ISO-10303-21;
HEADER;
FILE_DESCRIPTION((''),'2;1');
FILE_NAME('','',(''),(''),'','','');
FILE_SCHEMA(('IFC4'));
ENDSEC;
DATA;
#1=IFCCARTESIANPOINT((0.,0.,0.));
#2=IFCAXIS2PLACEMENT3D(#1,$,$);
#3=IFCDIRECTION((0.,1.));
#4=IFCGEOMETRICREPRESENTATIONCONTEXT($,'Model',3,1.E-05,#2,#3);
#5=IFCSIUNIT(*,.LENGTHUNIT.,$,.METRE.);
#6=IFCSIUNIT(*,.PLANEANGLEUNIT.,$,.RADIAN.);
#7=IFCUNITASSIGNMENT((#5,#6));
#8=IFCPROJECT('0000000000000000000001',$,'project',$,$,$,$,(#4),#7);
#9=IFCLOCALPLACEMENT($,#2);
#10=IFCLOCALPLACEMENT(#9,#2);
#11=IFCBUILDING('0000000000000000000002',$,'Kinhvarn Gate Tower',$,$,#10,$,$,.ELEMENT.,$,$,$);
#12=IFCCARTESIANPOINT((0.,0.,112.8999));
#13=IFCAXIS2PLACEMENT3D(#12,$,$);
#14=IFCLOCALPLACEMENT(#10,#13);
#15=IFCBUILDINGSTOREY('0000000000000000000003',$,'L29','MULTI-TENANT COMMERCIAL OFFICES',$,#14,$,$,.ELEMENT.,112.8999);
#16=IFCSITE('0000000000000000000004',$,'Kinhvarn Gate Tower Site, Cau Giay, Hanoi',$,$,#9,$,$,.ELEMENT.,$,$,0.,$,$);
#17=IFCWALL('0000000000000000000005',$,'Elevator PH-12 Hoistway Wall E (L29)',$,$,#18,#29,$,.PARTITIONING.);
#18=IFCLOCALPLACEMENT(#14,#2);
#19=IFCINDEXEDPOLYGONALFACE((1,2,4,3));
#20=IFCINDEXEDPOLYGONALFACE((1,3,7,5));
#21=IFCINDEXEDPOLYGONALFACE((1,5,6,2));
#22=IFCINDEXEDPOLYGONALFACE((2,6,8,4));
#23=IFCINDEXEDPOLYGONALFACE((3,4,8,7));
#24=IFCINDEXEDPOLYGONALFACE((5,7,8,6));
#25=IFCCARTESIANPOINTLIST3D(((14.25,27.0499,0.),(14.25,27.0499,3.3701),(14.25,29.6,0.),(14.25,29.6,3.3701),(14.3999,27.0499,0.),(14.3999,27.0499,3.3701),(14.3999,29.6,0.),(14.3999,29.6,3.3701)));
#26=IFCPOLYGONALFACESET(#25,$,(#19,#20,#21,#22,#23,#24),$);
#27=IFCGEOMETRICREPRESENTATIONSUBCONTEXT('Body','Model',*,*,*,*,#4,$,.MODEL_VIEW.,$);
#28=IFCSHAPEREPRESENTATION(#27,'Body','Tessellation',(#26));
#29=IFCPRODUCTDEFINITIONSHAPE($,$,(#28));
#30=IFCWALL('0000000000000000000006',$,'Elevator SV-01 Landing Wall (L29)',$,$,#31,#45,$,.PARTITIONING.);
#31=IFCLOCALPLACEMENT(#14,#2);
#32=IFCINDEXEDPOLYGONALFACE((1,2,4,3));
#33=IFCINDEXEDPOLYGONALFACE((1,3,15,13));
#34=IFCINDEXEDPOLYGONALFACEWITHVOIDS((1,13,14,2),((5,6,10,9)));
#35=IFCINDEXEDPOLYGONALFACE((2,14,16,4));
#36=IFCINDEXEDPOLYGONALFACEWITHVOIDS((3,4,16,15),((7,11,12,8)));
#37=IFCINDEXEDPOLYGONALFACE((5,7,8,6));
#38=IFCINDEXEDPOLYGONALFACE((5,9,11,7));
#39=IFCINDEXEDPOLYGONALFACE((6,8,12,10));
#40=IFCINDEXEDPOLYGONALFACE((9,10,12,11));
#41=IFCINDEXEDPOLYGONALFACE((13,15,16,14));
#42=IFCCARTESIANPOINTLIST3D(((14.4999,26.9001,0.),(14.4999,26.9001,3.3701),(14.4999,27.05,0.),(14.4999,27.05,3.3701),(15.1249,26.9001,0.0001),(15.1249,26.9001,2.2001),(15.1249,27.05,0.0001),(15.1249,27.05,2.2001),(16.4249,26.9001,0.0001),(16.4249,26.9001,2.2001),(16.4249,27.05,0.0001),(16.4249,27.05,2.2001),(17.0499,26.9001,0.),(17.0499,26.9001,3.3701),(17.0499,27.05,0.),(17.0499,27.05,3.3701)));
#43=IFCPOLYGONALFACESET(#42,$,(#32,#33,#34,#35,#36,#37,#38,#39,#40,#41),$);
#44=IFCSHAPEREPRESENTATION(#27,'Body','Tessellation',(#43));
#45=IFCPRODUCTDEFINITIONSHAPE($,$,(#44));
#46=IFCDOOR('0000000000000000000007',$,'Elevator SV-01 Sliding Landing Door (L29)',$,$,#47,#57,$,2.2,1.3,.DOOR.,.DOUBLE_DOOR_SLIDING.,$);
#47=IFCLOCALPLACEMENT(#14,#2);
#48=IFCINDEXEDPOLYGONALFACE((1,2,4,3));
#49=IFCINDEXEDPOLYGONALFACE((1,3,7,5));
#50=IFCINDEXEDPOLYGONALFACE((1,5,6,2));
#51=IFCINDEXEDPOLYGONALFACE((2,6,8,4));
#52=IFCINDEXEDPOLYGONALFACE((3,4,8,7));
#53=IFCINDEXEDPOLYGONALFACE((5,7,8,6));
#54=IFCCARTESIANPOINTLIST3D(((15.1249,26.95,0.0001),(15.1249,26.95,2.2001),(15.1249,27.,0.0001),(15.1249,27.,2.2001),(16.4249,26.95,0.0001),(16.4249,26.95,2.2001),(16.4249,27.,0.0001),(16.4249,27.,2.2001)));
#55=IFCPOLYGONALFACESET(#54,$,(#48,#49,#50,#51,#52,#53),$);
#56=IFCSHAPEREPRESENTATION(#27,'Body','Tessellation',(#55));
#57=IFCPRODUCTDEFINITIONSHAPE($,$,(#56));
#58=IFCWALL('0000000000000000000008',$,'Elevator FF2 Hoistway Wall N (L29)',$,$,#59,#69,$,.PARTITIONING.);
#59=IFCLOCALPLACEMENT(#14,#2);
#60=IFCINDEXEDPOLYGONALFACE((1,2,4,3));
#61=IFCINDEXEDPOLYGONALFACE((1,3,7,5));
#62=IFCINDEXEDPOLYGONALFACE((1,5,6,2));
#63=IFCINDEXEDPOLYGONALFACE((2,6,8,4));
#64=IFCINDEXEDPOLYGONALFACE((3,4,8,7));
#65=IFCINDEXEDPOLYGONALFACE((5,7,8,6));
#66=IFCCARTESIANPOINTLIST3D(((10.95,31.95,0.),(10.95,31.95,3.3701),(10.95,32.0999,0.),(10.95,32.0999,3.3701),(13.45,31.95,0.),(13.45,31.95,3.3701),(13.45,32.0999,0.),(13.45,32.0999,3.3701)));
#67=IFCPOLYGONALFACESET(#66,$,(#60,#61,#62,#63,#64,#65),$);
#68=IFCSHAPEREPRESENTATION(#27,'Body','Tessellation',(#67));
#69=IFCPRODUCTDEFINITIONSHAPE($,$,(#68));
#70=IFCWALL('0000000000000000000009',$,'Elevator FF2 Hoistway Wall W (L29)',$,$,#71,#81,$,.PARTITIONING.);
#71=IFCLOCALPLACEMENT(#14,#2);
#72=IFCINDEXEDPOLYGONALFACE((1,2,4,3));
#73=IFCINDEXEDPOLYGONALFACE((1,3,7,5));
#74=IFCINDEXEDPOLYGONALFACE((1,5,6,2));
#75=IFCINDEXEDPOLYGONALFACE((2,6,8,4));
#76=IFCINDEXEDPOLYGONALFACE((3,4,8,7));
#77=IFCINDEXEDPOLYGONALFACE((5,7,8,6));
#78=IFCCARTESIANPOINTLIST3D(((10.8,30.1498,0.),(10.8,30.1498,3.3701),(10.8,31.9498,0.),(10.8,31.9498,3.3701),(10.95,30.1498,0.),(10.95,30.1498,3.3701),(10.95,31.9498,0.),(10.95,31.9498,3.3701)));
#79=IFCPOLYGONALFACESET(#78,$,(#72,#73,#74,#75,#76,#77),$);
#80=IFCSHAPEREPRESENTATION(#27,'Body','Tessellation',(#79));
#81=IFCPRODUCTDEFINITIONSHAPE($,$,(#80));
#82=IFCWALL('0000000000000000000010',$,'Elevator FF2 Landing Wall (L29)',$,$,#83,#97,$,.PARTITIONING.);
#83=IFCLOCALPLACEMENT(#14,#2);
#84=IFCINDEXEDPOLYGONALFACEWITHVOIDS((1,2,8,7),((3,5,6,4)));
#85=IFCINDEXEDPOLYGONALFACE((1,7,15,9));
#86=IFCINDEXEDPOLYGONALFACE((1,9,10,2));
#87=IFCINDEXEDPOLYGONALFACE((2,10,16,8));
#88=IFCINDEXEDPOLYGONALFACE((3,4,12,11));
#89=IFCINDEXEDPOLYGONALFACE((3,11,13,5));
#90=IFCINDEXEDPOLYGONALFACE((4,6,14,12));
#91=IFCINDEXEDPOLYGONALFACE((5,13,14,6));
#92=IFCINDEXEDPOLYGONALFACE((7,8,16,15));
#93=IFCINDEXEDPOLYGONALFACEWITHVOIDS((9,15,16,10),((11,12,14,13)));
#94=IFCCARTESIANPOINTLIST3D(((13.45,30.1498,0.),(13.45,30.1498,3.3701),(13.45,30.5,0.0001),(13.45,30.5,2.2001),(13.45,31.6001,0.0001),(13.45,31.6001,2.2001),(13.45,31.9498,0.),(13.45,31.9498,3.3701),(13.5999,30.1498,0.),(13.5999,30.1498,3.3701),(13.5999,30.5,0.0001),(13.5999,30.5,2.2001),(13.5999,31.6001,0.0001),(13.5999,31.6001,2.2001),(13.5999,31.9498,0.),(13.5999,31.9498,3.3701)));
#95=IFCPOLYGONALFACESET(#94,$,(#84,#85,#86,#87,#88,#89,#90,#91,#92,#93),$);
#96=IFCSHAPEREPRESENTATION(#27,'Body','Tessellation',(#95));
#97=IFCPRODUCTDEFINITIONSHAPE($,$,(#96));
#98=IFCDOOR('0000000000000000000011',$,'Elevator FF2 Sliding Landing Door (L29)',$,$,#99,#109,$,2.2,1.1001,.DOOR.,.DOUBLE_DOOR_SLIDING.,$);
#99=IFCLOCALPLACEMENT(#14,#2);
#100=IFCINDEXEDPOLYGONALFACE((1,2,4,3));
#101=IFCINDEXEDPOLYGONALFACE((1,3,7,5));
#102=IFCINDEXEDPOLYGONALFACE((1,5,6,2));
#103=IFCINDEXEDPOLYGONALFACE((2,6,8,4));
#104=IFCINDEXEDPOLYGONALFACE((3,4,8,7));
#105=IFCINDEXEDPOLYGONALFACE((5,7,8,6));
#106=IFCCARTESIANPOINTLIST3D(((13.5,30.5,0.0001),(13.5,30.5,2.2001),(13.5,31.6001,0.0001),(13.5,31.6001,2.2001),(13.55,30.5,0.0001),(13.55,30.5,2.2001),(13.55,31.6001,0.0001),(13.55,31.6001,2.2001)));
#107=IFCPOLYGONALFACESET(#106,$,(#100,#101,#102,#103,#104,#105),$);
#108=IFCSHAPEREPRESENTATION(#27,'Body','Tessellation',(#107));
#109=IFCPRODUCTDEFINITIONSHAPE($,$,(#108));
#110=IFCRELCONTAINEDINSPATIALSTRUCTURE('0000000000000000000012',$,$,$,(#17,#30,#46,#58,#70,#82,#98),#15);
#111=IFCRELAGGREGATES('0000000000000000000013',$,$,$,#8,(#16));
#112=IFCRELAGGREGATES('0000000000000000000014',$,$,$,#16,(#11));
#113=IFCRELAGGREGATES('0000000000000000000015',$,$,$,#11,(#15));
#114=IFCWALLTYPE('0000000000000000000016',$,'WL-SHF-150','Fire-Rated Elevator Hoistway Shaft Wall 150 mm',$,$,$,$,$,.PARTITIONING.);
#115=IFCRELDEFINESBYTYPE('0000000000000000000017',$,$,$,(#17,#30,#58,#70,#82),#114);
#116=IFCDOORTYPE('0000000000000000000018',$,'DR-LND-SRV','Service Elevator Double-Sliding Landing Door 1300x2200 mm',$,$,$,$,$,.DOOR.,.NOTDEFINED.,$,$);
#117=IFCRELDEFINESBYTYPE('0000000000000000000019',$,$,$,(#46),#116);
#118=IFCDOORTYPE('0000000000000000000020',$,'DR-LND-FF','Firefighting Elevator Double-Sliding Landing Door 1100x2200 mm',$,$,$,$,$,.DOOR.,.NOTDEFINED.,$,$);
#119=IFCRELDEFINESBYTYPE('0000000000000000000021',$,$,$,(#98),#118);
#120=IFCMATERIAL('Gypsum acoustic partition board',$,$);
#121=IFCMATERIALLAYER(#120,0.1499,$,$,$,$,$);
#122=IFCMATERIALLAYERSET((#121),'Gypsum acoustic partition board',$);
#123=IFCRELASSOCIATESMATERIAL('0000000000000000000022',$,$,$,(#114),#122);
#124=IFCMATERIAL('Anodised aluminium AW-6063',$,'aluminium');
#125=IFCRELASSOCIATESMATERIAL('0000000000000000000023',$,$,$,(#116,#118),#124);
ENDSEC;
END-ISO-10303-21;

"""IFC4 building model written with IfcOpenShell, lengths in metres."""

from ifc_helpers import new_model, si_unit, direction, frame, frame_2d, origin, place, context, subcontext, project, spatial, rectangle, extrude, material, layer, layer_set, type_object, element, fill, save


model = new_model("IFC4")

# Units and contexts
model_context = context("Model", 3, precision=1e-05, world=origin(), true_north=direction((0.0, 1.0)))
body_context = subcontext(model_context, "Body", "Model", "MODEL_VIEW")
ifc_project = project(units=[si_unit("LENGTHUNIT", "METRE"), si_unit("PLANEANGLEUNIT", "RADIAN")], contexts=[model_context])

# Site, building, storey
site_placement = place(None, origin())
site = spatial("IfcSite", under=ifc_project, at=site_placement, Name="Kinhvarn Gate Tower Site, Cau Giay, Hanoi", CompositionType="ELEMENT", RefElevation=0.0)
building_placement = place(site_placement, origin())
building = spatial("IfcBuilding", under=site, at=building_placement, Name="Kinhvarn Gate Tower", CompositionType="ELEMENT")
storey_placement = place(building_placement, frame((0.0, 0.0, 112.8999)))
storey = spatial("IfcBuildingStorey", under=building, at=storey_placement, Name="L29", Description="MULTI-TENANT COMMERCIAL OFFICES", CompositionType="ELEMENT", Elevation=112.8999)

# Shared definitions
ifc_material_1 = material(Name="Gypsum acoustic partition board")
ifc_material_2 = material(Name="Anodised aluminium AW-6063", Category="aluminium")

# Shared definitions
ifc_layer_1 = layer(ifc_material_1, 0.1499)
ifc_layer_set_1 = layer_set([ifc_layer_1], Name="Gypsum acoustic partition board")
wall_type_1 = type_object("IfcWallType", Name="WL-SHF-150", Description="Fire-Rated Elevator Hoistway Shaft Wall 150 mm", PredefinedType="PARTITIONING", material=ifc_layer_set_1)

# Wall
wall_1_placement = place(storey_placement, frame((14.325, 27.05, 0.0), z_axis=(0.0, 0.0, 1.0), x_axis=(0.0, 1.0, 0.0)))
element("IfcWall", 1, at=wall_1_placement, inside=storey, type_object=wall_type_1, Name="Elevator PH-12 Hoistway Wall E (L29)", PredefinedType="PARTITIONING", context=body_context, shape_type="SweptSolid", body=[
    extrude(rectangle(XDim=2.55, YDim=0.1499, at=frame_2d((1.2749, 0.0))), origin(), (0.0, 0.0, 1.0), 3.3701),
])

# Wall, opening, door
wall_2_placement = place(storey_placement, frame((14.5, 26.9751, 0.0), z_axis=(0.0, 0.0, 1.0), x_axis=(1.0, 0.0, 0.0)))
wall_2 = element("IfcWall", 2, at=wall_2_placement, inside=storey, type_object=wall_type_1, Name="Elevator SV-01 Landing Wall (L29)", PredefinedType="PARTITIONING", context=body_context, shape_type="SweptSolid", body=[
    extrude(rectangle(XDim=2.55, YDim=0.1499, at=frame_2d((1.2749, 0.0))), origin(), (0.0, 0.0, 1.0), 3.3701),
])
opening_1_placement = place(wall_2_placement, frame((0.625, 0.0, 0.0)))
opening_1 = element("IfcOpeningElement", 3, at=opening_1_placement, cuts=wall_2, PredefinedType="OPENING", context=body_context, shape_type="SweptSolid", body=[
    extrude(rectangle(XDim=1.3, YDim=2.2, at=frame_2d((0.6499, 1.1001))), frame((0.0, 0.085, 0.0), z_axis=(0.0, -1.0, 0.0), x_axis=(1.0, 0.0, 0.0)), (0.0, 0.0, 1.0), 0.1699),
])
door_type_1 = type_object("IfcDoorType", Name="DR-LND-SRV", Description="Service Elevator Double-Sliding Landing Door 1300x2200 mm", OperationType="NOTDEFINED", PredefinedType="DOOR", material=ifc_material_2)
door_1_placement = place(opening_1_placement, origin())
door_1 = element("IfcDoor", 4, at=door_1_placement, inside=storey, type_object=door_type_1, Name="Elevator SV-01 Sliding Landing Door (L29)", OperationType="DOUBLE_DOOR_SLIDING", OverallHeight=2.2, OverallWidth=1.3, PredefinedType="DOOR", context=body_context, shape_type="SweptSolid", body=[
    extrude(rectangle(XDim=1.3, YDim=2.2, at=frame_2d((0.6499, 1.1001))), frame((0.0, 0.0249, 0.0), z_axis=(0.0, -1.0, 0.0), x_axis=(1.0, 0.0, 0.0)), (0.0, 0.0, 1.0), 0.05),
])
fill(opening_1, door_1)

# Walls
wall_3_placement = place(storey_placement, frame((10.95, 32.0249, 0.0), z_axis=(0.0, 0.0, 1.0), x_axis=(1.0, 0.0, 0.0)))
element("IfcWall", 5, at=wall_3_placement, inside=storey, type_object=wall_type_1, Name="Elevator FF2 Hoistway Wall N (L29)", PredefinedType="PARTITIONING", context=body_context, shape_type="SweptSolid", body=[
    extrude(rectangle(XDim=2.5, YDim=0.1499, at=frame_2d((1.25, 0.0))), origin(), (0.0, 0.0, 1.0), 3.3701),
])
wall_4_placement = place(storey_placement, frame((10.875, 30.1499, 0.0), z_axis=(0.0, 0.0, 1.0), x_axis=(0.0, 1.0, 0.0)))
element("IfcWall", 6, at=wall_4_placement, inside=storey, type_object=wall_type_1, Name="Elevator FF2 Hoistway Wall W (L29)", PredefinedType="PARTITIONING", context=body_context, shape_type="SweptSolid", body=[
    extrude(rectangle(XDim=1.8, YDim=0.1499, at=frame_2d((0.8999, 0.0))), origin(), (0.0, 0.0, 1.0), 3.3701),
])

# Wall, opening, door
wall_5_placement = place(storey_placement, frame((13.5249, 30.1499, 0.0), z_axis=(0.0, 0.0, 1.0), x_axis=(0.0, 1.0, 0.0)))
wall_5 = element("IfcWall", 7, at=wall_5_placement, inside=storey, type_object=wall_type_1, Name="Elevator FF2 Landing Wall (L29)", PredefinedType="PARTITIONING", context=body_context, shape_type="SweptSolid", body=[
    extrude(rectangle(XDim=1.8, YDim=0.1499, at=frame_2d((0.8999, 0.0))), origin(), (0.0, 0.0, 1.0), 3.3701),
])
opening_2_placement = place(wall_5_placement, frame((0.3501, 0.0, 0.0)))
opening_2 = element("IfcOpeningElement", 8, at=opening_2_placement, cuts=wall_5, PredefinedType="OPENING", context=body_context, shape_type="SweptSolid", body=[
    extrude(rectangle(XDim=1.1001, YDim=2.2, at=frame_2d((0.55, 1.1001))), frame((0.0, 0.085, 0.0), z_axis=(0.0, -1.0, 0.0), x_axis=(1.0, 0.0, 0.0)), (0.0, 0.0, 1.0), 0.1699),
])
door_type_2 = type_object("IfcDoorType", Name="DR-LND-FF", Description="Firefighting Elevator Double-Sliding Landing Door 1100x2200 mm", OperationType="NOTDEFINED", PredefinedType="DOOR", material=ifc_material_2)
door_2_placement = place(opening_2_placement, origin())
door_2 = element("IfcDoor", 9, at=door_2_placement, inside=storey, type_object=door_type_2, Name="Elevator FF2 Sliding Landing Door (L29)", OperationType="DOUBLE_DOOR_SLIDING", OverallHeight=2.2, OverallWidth=1.1001, PredefinedType="DOOR", context=body_context, shape_type="SweptSolid", body=[
    extrude(rectangle(XDim=1.1001, YDim=2.2, at=frame_2d((0.55, 1.1001))), frame((0.0, 0.0249, 0.0), z_axis=(0.0, -1.0, 0.0), x_axis=(1.0, 0.0, 0.0)), (0.0, 0.0, 1.0), 0.05),
])
fill(opening_2, door_2)

save(model, "model.ifc")
